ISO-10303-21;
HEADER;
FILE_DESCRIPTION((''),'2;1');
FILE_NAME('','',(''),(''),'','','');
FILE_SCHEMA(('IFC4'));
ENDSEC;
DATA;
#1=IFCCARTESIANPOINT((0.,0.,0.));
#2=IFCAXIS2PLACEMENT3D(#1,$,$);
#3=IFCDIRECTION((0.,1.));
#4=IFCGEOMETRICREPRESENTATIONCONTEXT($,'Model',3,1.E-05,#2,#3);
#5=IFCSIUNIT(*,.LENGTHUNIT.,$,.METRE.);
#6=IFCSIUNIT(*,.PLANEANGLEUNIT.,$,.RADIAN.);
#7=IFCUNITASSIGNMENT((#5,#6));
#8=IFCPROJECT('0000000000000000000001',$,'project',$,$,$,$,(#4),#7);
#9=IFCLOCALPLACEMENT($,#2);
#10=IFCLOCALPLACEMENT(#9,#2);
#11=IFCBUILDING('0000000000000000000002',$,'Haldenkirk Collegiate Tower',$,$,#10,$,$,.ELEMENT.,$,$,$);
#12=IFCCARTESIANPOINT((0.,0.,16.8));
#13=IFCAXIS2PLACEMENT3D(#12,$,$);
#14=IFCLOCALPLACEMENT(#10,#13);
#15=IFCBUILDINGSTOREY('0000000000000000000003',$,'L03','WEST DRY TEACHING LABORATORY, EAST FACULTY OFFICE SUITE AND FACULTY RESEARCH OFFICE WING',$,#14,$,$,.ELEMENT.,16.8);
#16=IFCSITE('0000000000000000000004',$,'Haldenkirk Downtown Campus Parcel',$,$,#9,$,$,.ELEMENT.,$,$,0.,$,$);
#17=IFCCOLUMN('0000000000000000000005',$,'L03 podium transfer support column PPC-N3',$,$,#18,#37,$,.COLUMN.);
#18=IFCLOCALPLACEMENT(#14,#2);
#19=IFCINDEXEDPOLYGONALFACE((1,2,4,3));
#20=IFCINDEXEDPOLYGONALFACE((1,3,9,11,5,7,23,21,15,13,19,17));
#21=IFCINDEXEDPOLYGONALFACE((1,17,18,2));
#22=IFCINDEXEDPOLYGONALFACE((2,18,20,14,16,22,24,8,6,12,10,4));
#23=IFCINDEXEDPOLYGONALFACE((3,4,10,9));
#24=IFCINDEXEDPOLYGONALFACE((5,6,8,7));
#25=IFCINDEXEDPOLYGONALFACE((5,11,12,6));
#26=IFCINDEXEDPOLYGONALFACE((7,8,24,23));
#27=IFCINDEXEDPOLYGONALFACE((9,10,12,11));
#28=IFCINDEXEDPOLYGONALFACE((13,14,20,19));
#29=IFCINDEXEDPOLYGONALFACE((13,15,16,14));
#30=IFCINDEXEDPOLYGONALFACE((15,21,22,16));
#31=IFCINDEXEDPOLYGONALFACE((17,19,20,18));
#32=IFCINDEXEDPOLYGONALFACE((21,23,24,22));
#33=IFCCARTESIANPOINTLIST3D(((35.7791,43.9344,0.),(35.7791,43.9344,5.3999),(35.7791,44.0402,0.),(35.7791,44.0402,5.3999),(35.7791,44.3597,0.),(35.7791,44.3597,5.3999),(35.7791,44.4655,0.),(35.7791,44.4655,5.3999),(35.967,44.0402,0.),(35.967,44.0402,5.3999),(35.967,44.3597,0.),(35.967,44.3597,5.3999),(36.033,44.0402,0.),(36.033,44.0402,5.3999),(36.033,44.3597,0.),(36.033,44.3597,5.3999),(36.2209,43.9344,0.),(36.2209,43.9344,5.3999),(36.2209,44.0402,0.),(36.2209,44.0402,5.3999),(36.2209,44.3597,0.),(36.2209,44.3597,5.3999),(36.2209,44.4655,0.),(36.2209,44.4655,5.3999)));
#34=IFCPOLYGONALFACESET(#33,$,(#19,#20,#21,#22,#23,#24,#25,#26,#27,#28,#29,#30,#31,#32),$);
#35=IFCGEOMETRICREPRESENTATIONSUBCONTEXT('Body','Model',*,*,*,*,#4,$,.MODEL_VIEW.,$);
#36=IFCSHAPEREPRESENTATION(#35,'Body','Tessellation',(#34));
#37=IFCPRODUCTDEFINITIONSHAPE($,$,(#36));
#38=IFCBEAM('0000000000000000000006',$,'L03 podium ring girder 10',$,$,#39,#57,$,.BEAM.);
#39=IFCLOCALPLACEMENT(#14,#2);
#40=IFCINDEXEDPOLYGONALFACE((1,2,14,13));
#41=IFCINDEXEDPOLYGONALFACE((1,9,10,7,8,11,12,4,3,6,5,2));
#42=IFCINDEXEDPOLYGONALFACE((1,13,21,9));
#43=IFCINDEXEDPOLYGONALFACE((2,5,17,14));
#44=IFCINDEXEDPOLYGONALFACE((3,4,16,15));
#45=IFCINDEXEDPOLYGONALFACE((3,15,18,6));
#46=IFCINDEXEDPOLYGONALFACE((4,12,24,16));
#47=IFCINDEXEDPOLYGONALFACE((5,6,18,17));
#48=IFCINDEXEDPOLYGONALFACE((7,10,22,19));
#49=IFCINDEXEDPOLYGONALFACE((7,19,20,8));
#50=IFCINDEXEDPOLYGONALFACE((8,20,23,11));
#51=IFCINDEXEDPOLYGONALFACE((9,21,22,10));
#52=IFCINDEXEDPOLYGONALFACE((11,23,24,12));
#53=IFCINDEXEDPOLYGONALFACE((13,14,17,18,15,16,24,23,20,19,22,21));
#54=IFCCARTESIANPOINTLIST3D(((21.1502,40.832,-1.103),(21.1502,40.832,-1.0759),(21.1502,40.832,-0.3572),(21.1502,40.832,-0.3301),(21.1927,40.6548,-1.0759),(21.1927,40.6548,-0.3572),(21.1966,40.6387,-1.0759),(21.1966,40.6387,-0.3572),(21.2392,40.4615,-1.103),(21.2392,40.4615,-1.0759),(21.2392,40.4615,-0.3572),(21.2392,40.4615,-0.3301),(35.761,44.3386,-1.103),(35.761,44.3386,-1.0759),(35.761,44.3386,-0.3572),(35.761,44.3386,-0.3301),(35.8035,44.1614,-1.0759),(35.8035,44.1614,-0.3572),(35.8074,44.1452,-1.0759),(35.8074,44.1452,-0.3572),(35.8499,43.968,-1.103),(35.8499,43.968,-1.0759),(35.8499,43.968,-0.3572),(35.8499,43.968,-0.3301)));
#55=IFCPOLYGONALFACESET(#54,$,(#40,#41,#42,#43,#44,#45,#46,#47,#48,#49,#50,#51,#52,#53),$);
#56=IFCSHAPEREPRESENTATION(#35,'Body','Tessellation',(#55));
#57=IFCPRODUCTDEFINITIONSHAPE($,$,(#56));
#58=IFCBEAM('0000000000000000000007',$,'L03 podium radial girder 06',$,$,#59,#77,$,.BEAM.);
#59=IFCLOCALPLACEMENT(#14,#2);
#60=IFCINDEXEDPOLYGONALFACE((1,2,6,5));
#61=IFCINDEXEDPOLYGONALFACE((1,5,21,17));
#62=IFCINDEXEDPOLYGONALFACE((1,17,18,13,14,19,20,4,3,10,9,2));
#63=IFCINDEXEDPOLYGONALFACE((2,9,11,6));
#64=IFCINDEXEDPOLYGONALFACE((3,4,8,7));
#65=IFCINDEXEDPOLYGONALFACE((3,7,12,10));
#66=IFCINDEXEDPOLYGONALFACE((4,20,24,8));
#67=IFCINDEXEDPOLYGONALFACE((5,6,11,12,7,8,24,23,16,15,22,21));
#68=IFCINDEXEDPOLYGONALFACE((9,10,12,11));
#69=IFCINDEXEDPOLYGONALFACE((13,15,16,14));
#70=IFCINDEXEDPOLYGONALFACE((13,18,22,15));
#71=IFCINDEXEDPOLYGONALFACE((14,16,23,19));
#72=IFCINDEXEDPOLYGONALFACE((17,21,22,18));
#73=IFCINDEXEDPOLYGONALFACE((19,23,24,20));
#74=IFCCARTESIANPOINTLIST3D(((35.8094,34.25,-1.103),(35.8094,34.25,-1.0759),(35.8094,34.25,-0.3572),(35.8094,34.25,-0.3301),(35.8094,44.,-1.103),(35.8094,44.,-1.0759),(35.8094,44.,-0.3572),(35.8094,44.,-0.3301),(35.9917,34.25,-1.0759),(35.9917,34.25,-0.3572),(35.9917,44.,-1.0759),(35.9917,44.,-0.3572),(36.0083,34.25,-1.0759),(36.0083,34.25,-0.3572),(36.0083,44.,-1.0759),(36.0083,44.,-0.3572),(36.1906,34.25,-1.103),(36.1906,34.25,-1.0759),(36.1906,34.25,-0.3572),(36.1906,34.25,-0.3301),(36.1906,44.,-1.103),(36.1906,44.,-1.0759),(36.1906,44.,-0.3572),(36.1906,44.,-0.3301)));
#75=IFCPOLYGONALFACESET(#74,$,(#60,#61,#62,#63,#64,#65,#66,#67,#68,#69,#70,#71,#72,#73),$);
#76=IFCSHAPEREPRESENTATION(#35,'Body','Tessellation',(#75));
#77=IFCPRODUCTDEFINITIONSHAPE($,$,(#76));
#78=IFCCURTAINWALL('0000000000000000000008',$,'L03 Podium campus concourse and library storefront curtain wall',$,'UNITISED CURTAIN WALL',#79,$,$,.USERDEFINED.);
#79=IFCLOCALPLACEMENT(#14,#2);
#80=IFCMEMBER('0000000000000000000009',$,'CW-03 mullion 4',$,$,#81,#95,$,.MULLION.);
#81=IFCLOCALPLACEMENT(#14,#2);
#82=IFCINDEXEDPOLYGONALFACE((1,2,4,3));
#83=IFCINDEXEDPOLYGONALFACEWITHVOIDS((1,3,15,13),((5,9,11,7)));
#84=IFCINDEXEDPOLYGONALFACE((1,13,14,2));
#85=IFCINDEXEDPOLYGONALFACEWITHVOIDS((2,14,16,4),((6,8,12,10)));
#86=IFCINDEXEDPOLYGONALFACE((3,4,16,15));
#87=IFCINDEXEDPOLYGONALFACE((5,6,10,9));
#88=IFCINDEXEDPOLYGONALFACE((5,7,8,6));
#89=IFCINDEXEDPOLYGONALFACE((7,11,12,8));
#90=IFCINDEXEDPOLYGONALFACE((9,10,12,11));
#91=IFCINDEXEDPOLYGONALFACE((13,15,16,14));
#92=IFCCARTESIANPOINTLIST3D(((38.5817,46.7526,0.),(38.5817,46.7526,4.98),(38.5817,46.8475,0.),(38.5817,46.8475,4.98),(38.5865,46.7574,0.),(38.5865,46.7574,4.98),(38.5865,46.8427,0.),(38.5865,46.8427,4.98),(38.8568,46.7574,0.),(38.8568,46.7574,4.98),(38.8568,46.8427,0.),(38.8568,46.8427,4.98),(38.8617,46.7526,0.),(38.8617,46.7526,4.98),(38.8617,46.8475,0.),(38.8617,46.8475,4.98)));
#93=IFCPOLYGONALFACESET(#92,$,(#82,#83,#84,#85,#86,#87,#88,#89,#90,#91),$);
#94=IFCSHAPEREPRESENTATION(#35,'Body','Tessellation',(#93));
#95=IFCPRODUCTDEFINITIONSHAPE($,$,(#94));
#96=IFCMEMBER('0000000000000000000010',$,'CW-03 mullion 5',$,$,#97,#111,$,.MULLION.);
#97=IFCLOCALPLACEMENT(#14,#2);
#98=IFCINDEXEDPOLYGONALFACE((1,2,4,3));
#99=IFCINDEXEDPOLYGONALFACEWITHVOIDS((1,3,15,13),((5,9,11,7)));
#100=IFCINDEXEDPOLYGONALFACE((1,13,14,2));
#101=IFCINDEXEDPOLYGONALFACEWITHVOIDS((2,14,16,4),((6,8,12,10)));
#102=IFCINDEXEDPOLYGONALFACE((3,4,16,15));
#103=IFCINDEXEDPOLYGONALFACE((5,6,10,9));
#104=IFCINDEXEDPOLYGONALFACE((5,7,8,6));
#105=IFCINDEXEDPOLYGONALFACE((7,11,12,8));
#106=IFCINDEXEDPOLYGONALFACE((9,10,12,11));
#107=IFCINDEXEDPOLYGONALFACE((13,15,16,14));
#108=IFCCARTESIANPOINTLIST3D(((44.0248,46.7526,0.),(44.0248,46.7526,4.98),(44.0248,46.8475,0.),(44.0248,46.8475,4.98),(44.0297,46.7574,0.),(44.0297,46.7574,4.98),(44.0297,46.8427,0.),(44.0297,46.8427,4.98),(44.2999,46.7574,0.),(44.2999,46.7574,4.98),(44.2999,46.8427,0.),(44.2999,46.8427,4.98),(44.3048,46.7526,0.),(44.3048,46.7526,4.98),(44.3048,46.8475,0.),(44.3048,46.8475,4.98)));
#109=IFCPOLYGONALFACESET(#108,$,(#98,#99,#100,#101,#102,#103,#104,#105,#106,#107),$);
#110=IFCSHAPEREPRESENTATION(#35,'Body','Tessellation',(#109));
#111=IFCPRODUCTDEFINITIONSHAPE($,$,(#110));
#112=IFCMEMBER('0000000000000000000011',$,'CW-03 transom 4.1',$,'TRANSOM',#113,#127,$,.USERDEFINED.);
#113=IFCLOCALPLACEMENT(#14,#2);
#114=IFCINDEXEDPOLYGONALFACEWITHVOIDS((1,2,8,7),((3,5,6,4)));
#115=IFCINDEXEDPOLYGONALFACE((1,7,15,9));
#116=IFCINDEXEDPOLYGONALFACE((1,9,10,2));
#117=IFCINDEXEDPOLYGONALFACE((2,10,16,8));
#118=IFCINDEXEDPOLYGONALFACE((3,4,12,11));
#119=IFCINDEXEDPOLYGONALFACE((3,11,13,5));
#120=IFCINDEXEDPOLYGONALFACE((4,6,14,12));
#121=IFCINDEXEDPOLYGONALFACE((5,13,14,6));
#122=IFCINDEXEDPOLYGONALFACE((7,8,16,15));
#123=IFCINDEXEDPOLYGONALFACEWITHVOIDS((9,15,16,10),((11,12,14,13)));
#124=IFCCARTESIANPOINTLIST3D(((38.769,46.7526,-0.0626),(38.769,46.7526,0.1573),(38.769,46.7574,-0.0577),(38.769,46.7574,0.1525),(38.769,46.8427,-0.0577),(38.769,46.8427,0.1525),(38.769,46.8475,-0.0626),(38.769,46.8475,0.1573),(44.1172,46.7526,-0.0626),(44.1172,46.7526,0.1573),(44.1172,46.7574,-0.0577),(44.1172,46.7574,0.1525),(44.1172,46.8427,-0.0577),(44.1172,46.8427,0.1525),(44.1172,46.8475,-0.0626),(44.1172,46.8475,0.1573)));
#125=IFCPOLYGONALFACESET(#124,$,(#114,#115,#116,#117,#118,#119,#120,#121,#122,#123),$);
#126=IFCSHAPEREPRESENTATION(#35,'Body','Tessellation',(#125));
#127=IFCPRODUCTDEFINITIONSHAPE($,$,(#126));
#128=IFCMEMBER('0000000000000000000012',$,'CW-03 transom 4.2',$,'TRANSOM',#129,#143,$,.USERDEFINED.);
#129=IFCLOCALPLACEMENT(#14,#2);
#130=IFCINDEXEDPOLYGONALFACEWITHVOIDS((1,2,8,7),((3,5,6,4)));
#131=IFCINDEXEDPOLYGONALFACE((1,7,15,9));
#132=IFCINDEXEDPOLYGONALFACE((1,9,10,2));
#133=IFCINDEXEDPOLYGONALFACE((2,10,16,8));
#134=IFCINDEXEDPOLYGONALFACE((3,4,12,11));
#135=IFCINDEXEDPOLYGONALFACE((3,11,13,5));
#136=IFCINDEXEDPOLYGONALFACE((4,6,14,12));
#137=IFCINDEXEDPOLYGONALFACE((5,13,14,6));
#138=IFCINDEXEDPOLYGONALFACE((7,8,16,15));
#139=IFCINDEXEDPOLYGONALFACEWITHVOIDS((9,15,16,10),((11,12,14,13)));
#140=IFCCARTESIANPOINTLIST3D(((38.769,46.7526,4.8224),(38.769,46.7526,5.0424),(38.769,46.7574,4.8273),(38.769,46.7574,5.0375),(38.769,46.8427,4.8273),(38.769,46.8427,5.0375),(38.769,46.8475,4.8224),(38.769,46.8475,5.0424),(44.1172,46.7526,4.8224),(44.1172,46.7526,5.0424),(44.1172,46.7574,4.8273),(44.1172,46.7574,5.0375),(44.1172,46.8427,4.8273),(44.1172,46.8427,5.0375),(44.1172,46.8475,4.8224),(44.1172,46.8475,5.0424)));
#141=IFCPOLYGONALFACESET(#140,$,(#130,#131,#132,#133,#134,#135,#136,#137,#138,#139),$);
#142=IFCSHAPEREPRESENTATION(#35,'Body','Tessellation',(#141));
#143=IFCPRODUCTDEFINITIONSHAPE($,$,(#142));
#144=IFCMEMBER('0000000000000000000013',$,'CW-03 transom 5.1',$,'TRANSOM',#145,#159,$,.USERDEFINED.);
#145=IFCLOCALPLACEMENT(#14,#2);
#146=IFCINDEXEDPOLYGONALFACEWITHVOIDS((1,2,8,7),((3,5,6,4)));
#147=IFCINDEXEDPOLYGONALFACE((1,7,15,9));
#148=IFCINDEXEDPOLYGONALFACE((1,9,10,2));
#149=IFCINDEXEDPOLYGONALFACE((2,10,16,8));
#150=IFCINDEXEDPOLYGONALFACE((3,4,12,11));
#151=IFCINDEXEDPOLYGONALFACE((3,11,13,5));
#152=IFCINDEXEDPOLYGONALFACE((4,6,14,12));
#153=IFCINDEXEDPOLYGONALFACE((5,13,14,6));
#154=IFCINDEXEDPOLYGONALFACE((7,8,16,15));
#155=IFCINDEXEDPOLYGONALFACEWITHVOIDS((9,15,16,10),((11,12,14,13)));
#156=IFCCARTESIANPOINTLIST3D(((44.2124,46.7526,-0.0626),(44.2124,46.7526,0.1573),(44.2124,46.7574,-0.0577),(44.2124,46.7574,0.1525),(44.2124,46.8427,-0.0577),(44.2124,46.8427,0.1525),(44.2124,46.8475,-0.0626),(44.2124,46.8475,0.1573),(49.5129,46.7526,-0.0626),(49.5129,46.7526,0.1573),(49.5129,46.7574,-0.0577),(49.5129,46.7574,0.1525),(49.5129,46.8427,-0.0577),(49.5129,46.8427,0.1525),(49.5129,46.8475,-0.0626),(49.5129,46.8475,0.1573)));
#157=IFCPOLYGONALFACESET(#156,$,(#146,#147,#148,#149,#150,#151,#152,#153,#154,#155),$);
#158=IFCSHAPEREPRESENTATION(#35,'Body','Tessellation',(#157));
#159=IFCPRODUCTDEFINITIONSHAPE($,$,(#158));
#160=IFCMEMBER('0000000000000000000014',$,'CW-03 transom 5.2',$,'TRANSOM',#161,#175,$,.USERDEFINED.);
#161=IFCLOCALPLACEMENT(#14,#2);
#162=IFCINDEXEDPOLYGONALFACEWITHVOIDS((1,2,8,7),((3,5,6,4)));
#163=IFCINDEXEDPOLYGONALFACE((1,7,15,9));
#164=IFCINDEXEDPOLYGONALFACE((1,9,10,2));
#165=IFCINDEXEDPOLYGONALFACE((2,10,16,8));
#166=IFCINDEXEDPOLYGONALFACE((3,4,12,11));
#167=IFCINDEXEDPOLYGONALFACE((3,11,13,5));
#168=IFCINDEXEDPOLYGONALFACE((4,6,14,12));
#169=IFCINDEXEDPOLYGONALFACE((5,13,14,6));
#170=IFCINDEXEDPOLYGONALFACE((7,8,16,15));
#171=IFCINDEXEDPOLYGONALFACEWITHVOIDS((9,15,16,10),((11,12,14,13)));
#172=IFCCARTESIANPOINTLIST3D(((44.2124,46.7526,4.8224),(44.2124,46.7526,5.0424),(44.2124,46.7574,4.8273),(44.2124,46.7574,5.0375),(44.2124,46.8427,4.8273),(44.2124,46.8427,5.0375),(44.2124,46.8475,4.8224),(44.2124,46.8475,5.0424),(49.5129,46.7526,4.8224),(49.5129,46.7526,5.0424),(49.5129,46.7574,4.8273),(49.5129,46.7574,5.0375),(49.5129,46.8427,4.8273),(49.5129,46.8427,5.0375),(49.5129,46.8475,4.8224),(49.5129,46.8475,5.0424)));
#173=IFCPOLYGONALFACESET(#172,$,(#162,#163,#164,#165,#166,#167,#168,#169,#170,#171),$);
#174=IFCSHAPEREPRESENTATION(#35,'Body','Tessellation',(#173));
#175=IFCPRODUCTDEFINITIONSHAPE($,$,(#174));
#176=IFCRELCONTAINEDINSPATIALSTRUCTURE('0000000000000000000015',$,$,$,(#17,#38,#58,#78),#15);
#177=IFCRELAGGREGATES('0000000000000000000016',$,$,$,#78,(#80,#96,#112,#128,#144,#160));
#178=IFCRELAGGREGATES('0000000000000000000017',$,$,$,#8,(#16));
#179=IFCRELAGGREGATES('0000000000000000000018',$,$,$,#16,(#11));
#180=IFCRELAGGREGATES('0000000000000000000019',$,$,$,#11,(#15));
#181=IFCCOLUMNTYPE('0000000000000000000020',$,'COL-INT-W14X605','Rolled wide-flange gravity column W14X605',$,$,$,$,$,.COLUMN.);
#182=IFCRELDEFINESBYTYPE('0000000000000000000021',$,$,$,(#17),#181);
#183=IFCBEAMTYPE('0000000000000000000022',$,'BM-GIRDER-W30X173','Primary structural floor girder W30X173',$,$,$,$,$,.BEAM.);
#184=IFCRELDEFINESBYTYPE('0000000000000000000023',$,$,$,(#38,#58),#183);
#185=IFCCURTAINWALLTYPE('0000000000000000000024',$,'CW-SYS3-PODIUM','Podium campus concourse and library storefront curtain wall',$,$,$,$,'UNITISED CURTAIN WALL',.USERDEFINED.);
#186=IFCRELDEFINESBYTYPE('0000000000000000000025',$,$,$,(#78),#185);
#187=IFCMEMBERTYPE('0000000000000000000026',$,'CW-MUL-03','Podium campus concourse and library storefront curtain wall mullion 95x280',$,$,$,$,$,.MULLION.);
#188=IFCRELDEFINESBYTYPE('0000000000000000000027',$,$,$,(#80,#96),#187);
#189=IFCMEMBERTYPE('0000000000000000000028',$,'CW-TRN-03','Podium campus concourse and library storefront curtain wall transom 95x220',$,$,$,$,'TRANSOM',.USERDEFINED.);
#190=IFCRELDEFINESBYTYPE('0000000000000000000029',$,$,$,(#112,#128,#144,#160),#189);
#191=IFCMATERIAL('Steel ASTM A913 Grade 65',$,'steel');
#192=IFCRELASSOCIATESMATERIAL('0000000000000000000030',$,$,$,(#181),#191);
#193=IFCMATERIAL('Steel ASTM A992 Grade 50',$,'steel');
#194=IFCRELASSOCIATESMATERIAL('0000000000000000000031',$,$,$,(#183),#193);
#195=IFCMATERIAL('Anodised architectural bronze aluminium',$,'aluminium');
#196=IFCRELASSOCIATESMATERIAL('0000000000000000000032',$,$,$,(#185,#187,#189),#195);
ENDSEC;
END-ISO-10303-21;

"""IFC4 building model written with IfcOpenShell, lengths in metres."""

from ifc_helpers import new_model, si_unit, direction, frame, origin, origin_2d, place, context, subcontext, project, spatial, hollow_rectangle, i_section, extrude, material, material_profile, profile_set, type_object, element, aggregate, save


model = new_model("IFC4")

# Units and contexts
model_context = context("Model", 3, precision=1e-05, world=origin(), true_north=direction((0.0, 1.0)))
body_context = subcontext(model_context, "Body", "Model", "MODEL_VIEW")
ifc_project = project(units=[si_unit("LENGTHUNIT", "METRE"), si_unit("PLANEANGLEUNIT", "RADIAN")], contexts=[model_context])

# Site, building, storey
site_placement = place(None, origin())
site = spatial("IfcSite", under=ifc_project, at=site_placement, Name="Haldenkirk Downtown Campus Parcel", CompositionType="ELEMENT", RefElevation=0.0)
building_placement = place(site_placement, origin())
building = spatial("IfcBuilding", under=site, at=building_placement, Name="Haldenkirk Collegiate Tower", CompositionType="ELEMENT")
storey_placement = place(building_placement, frame((0.0, 0.0, 16.8)))
storey = spatial("IfcBuildingStorey", under=building, at=storey_placement, Name="L03", Description="WEST DRY TEACHING LABORATORY, EAST FACULTY OFFICE SUITE AND FACULTY RESEARCH OFFICE WING", CompositionType="ELEMENT", Elevation=16.8)

# Column
ifc_material_1 = material(Name="Steel ASTM A913 Grade 65", Category="steel")
ifc_material_profile_1 = material_profile(ifc_material_1, i_section(OverallWidth=0.4419, OverallDepth=0.531, WebThickness=0.0659, FlangeThickness=0.1057, at=origin_2d()), Name="W14X605")
ifc_profile_set_1 = profile_set([ifc_material_profile_1], Name="Steel ASTM A913 Grade 65")
column_type = type_object("IfcColumnType", Name="COL-INT-W14X605", Description="Rolled wide-flange gravity column W14X605", PredefinedType="COLUMN", material=ifc_profile_set_1)
column_placement = place(storey_placement, frame((36.0, 44.2, 0.0), z_axis=(0.0, 0.0, 1.0), x_axis=(1.0, 0.0, 0.0)))
element("IfcColumn", 1, at=column_placement, inside=storey, type_object=column_type, Name="L03 podium transfer support column PPC-N3", PredefinedType="COLUMN", context=body_context, shape_type="SweptSolid", body=[
    extrude(i_section(OverallWidth=0.4419, OverallDepth=0.531, WebThickness=0.0659, FlangeThickness=0.1057, at=origin_2d()), origin(), (0.0, 0.0, 1.0), 5.3999),
])

# Beams
ifc_material_2 = material(Name="Steel ASTM A992 Grade 50", Category="steel")
ifc_material_profile_2 = material_profile(ifc_material_2, i_section(OverallWidth=0.3811, OverallDepth=0.7729, WebThickness=0.0166, FlangeThickness=0.0271, at=origin_2d()), Name="W30X173")
ifc_profile_set_2 = profile_set([ifc_material_profile_2], Name="Steel ASTM A992 Grade 50")
beam_type = type_object("IfcBeamType", Name="BM-GIRDER-W30X173", Description="Primary structural floor girder W30X173", PredefinedType="BEAM", material=ifc_profile_set_2)
beam_1_placement = place(storey_placement, frame((35.8054, 44.1533, -0.7166), z_axis=(-0.972387, -0.233372, 0.0), x_axis=(0.233372, -0.972387, 0.0)))
element("IfcBeam", 2, at=beam_1_placement, inside=storey, type_object=beam_type, Name="L03 podium ring girder 10", PredefinedType="BEAM", context=body_context, shape_type="SweptSolid", body=[
    extrude(i_section(OverallWidth=0.3811, OverallDepth=0.7729, WebThickness=0.0166, FlangeThickness=0.0271, at=origin_2d()), origin(), (0.0, 0.0, 1.0), 15.0256),
])
beam_2_placement = place(storey_placement, frame((36.0, 44.0, -0.7166), z_axis=(0.0, -1.0, 0.0), x_axis=(1.0, 0.0, 0.0)))
element("IfcBeam", 3, at=beam_2_placement, inside=storey, type_object=beam_type, Name="L03 podium radial girder 06", PredefinedType="BEAM", context=body_context, shape_type="SweptSolid", body=[
    extrude(i_section(OverallWidth=0.3811, OverallDepth=0.7729, WebThickness=0.0166, FlangeThickness=0.0271, at=origin_2d()), origin(), (0.0, 0.0, 1.0), 9.75),
])

# Curtain wall, members
ifc_material_3 = material(Name="Anodised architectural bronze aluminium", Category="aluminium")
curtain_wall_type = type_object("IfcCurtainWallType", Name="CW-SYS3-PODIUM", Description="Podium campus concourse and library storefront curtain wall", ElementType="UNITISED CURTAIN WALL", PredefinedType="USERDEFINED", material=ifc_material_3)
curtain_wall_placement = place(storey_placement, origin())
curtain_wall = element("IfcCurtainWall", 4, at=curtain_wall_placement, inside=storey, type_object=curtain_wall_type, Name="L03 Podium campus concourse and library storefront curtain wall", ObjectType="UNITISED CURTAIN WALL", PredefinedType="USERDEFINED")
ifc_material_profile_3 = material_profile(ifc_material_3, hollow_rectangle(XDim=0.095, YDim=0.28, WallThickness=0.0049, at=origin_2d()), Name="CW-MUL-03")
ifc_profile_set_3 = profile_set([ifc_material_profile_3], Name="Anodised architectural bronze aluminium")
member_type_1 = type_object("IfcMemberType", Name="CW-MUL-03", Description="Podium campus concourse and library storefront curtain wall mullion 95x280", PredefinedType="MULLION", material=ifc_profile_set_3)
member_1_placement = place(storey_placement, frame((38.7217, 46.8, 0.0), z_axis=(0.0, 0.0, 1.0), x_axis=(0.0, 1.0, 0.0)))
member_1 = element("IfcMember", 5, at=member_1_placement, type_object=member_type_1, Name="CW-03 mullion 4", PredefinedType="MULLION", context=body_context, shape_type="SweptSolid", body=[
    extrude(hollow_rectangle(XDim=0.095, YDim=0.28, WallThickness=0.0049, at=origin_2d()), origin(), (0.0, 0.0, 1.0), 4.98),
])
member_2_placement = place(storey_placement, frame((44.1648, 46.8, 0.0), z_axis=(0.0, 0.0, 1.0), x_axis=(0.0, 1.0, 0.0)))
member_2 = element("IfcMember", 6, at=member_2_placement, type_object=member_type_1, Name="CW-03 mullion 5", PredefinedType="MULLION", context=body_context, shape_type="SweptSolid", body=[
    extrude(hollow_rectangle(XDim=0.095, YDim=0.28, WallThickness=0.0049, at=origin_2d()), origin(), (0.0, 0.0, 1.0), 4.98),
])
ifc_material_profile_4 = material_profile(ifc_material_3, hollow_rectangle(XDim=0.095, YDim=0.22, WallThickness=0.0049, at=origin_2d()), Name="CW-TRN-03")
ifc_profile_set_4 = profile_set([ifc_material_profile_4], Name="Anodised architectural bronze aluminium")
member_type_2 = type_object("IfcMemberType", Name="CW-TRN-03", Description="Podium campus concourse and library storefront curtain wall transom 95x220", ElementType="TRANSOM", PredefinedType="USERDEFINED", material=ifc_profile_set_4)
member_3_placement = place(storey_placement, frame((38.769, 46.8, 0.0474), z_axis=(1.0, 0.0, 0.0), x_axis=(0.0, 1.0, 0.0)))
member_3 = element("IfcMember", 7, at=member_3_placement, type_object=member_type_2, Name="CW-03 transom 4.1", ObjectType="TRANSOM", PredefinedType="USERDEFINED", context=body_context, shape_type="SweptSolid", body=[
    extrude(hollow_rectangle(XDim=0.095, YDim=0.22, WallThickness=0.0049, at=origin_2d()), origin(), (0.0, 0.0, 1.0), 5.3481),
])
member_4_placement = place(storey_placement, frame((38.769, 46.8, 4.9324), z_axis=(1.0, 0.0, 0.0), x_axis=(0.0, 1.0, 0.0)))
member_4 = element("IfcMember", 8, at=member_4_placement, type_object=member_type_2, Name="CW-03 transom 4.2", ObjectType="TRANSOM", PredefinedType="USERDEFINED", context=body_context, shape_type="SweptSolid", body=[
    extrude(hollow_rectangle(XDim=0.095, YDim=0.22, WallThickness=0.0049, at=origin_2d()), origin(), (0.0, 0.0, 1.0), 5.3481),
])
member_5_placement = place(storey_placement, frame((44.2124, 46.8, 0.0474), z_axis=(1.0, 0.0, 0.0), x_axis=(0.0, 1.0, 0.0)))
member_5 = element("IfcMember", 9, at=member_5_placement, type_object=member_type_2, Name="CW-03 transom 5.1", ObjectType="TRANSOM", PredefinedType="USERDEFINED", context=body_context, shape_type="SweptSolid", body=[
    extrude(hollow_rectangle(XDim=0.095, YDim=0.22, WallThickness=0.0049, at=origin_2d()), origin(), (0.0, 0.0, 1.0), 5.3005),
])
member_6_placement = place(storey_placement, frame((44.2124, 46.8, 4.9324), z_axis=(1.0, 0.0, 0.0), x_axis=(0.0, 1.0, 0.0)))
member_6 = element("IfcMember", 10, at=member_6_placement, type_object=member_type_2, Name="CW-03 transom 5.2", ObjectType="TRANSOM", PredefinedType="USERDEFINED", context=body_context, shape_type="SweptSolid", body=[
    extrude(hollow_rectangle(XDim=0.095, YDim=0.22, WallThickness=0.0049, at=origin_2d()), origin(), (0.0, 0.0, 1.0), 5.3005),
])
aggregate(curtain_wall, [member_1, member_2, member_3, member_4, member_5, member_6])

save(model, "model.ifc")
